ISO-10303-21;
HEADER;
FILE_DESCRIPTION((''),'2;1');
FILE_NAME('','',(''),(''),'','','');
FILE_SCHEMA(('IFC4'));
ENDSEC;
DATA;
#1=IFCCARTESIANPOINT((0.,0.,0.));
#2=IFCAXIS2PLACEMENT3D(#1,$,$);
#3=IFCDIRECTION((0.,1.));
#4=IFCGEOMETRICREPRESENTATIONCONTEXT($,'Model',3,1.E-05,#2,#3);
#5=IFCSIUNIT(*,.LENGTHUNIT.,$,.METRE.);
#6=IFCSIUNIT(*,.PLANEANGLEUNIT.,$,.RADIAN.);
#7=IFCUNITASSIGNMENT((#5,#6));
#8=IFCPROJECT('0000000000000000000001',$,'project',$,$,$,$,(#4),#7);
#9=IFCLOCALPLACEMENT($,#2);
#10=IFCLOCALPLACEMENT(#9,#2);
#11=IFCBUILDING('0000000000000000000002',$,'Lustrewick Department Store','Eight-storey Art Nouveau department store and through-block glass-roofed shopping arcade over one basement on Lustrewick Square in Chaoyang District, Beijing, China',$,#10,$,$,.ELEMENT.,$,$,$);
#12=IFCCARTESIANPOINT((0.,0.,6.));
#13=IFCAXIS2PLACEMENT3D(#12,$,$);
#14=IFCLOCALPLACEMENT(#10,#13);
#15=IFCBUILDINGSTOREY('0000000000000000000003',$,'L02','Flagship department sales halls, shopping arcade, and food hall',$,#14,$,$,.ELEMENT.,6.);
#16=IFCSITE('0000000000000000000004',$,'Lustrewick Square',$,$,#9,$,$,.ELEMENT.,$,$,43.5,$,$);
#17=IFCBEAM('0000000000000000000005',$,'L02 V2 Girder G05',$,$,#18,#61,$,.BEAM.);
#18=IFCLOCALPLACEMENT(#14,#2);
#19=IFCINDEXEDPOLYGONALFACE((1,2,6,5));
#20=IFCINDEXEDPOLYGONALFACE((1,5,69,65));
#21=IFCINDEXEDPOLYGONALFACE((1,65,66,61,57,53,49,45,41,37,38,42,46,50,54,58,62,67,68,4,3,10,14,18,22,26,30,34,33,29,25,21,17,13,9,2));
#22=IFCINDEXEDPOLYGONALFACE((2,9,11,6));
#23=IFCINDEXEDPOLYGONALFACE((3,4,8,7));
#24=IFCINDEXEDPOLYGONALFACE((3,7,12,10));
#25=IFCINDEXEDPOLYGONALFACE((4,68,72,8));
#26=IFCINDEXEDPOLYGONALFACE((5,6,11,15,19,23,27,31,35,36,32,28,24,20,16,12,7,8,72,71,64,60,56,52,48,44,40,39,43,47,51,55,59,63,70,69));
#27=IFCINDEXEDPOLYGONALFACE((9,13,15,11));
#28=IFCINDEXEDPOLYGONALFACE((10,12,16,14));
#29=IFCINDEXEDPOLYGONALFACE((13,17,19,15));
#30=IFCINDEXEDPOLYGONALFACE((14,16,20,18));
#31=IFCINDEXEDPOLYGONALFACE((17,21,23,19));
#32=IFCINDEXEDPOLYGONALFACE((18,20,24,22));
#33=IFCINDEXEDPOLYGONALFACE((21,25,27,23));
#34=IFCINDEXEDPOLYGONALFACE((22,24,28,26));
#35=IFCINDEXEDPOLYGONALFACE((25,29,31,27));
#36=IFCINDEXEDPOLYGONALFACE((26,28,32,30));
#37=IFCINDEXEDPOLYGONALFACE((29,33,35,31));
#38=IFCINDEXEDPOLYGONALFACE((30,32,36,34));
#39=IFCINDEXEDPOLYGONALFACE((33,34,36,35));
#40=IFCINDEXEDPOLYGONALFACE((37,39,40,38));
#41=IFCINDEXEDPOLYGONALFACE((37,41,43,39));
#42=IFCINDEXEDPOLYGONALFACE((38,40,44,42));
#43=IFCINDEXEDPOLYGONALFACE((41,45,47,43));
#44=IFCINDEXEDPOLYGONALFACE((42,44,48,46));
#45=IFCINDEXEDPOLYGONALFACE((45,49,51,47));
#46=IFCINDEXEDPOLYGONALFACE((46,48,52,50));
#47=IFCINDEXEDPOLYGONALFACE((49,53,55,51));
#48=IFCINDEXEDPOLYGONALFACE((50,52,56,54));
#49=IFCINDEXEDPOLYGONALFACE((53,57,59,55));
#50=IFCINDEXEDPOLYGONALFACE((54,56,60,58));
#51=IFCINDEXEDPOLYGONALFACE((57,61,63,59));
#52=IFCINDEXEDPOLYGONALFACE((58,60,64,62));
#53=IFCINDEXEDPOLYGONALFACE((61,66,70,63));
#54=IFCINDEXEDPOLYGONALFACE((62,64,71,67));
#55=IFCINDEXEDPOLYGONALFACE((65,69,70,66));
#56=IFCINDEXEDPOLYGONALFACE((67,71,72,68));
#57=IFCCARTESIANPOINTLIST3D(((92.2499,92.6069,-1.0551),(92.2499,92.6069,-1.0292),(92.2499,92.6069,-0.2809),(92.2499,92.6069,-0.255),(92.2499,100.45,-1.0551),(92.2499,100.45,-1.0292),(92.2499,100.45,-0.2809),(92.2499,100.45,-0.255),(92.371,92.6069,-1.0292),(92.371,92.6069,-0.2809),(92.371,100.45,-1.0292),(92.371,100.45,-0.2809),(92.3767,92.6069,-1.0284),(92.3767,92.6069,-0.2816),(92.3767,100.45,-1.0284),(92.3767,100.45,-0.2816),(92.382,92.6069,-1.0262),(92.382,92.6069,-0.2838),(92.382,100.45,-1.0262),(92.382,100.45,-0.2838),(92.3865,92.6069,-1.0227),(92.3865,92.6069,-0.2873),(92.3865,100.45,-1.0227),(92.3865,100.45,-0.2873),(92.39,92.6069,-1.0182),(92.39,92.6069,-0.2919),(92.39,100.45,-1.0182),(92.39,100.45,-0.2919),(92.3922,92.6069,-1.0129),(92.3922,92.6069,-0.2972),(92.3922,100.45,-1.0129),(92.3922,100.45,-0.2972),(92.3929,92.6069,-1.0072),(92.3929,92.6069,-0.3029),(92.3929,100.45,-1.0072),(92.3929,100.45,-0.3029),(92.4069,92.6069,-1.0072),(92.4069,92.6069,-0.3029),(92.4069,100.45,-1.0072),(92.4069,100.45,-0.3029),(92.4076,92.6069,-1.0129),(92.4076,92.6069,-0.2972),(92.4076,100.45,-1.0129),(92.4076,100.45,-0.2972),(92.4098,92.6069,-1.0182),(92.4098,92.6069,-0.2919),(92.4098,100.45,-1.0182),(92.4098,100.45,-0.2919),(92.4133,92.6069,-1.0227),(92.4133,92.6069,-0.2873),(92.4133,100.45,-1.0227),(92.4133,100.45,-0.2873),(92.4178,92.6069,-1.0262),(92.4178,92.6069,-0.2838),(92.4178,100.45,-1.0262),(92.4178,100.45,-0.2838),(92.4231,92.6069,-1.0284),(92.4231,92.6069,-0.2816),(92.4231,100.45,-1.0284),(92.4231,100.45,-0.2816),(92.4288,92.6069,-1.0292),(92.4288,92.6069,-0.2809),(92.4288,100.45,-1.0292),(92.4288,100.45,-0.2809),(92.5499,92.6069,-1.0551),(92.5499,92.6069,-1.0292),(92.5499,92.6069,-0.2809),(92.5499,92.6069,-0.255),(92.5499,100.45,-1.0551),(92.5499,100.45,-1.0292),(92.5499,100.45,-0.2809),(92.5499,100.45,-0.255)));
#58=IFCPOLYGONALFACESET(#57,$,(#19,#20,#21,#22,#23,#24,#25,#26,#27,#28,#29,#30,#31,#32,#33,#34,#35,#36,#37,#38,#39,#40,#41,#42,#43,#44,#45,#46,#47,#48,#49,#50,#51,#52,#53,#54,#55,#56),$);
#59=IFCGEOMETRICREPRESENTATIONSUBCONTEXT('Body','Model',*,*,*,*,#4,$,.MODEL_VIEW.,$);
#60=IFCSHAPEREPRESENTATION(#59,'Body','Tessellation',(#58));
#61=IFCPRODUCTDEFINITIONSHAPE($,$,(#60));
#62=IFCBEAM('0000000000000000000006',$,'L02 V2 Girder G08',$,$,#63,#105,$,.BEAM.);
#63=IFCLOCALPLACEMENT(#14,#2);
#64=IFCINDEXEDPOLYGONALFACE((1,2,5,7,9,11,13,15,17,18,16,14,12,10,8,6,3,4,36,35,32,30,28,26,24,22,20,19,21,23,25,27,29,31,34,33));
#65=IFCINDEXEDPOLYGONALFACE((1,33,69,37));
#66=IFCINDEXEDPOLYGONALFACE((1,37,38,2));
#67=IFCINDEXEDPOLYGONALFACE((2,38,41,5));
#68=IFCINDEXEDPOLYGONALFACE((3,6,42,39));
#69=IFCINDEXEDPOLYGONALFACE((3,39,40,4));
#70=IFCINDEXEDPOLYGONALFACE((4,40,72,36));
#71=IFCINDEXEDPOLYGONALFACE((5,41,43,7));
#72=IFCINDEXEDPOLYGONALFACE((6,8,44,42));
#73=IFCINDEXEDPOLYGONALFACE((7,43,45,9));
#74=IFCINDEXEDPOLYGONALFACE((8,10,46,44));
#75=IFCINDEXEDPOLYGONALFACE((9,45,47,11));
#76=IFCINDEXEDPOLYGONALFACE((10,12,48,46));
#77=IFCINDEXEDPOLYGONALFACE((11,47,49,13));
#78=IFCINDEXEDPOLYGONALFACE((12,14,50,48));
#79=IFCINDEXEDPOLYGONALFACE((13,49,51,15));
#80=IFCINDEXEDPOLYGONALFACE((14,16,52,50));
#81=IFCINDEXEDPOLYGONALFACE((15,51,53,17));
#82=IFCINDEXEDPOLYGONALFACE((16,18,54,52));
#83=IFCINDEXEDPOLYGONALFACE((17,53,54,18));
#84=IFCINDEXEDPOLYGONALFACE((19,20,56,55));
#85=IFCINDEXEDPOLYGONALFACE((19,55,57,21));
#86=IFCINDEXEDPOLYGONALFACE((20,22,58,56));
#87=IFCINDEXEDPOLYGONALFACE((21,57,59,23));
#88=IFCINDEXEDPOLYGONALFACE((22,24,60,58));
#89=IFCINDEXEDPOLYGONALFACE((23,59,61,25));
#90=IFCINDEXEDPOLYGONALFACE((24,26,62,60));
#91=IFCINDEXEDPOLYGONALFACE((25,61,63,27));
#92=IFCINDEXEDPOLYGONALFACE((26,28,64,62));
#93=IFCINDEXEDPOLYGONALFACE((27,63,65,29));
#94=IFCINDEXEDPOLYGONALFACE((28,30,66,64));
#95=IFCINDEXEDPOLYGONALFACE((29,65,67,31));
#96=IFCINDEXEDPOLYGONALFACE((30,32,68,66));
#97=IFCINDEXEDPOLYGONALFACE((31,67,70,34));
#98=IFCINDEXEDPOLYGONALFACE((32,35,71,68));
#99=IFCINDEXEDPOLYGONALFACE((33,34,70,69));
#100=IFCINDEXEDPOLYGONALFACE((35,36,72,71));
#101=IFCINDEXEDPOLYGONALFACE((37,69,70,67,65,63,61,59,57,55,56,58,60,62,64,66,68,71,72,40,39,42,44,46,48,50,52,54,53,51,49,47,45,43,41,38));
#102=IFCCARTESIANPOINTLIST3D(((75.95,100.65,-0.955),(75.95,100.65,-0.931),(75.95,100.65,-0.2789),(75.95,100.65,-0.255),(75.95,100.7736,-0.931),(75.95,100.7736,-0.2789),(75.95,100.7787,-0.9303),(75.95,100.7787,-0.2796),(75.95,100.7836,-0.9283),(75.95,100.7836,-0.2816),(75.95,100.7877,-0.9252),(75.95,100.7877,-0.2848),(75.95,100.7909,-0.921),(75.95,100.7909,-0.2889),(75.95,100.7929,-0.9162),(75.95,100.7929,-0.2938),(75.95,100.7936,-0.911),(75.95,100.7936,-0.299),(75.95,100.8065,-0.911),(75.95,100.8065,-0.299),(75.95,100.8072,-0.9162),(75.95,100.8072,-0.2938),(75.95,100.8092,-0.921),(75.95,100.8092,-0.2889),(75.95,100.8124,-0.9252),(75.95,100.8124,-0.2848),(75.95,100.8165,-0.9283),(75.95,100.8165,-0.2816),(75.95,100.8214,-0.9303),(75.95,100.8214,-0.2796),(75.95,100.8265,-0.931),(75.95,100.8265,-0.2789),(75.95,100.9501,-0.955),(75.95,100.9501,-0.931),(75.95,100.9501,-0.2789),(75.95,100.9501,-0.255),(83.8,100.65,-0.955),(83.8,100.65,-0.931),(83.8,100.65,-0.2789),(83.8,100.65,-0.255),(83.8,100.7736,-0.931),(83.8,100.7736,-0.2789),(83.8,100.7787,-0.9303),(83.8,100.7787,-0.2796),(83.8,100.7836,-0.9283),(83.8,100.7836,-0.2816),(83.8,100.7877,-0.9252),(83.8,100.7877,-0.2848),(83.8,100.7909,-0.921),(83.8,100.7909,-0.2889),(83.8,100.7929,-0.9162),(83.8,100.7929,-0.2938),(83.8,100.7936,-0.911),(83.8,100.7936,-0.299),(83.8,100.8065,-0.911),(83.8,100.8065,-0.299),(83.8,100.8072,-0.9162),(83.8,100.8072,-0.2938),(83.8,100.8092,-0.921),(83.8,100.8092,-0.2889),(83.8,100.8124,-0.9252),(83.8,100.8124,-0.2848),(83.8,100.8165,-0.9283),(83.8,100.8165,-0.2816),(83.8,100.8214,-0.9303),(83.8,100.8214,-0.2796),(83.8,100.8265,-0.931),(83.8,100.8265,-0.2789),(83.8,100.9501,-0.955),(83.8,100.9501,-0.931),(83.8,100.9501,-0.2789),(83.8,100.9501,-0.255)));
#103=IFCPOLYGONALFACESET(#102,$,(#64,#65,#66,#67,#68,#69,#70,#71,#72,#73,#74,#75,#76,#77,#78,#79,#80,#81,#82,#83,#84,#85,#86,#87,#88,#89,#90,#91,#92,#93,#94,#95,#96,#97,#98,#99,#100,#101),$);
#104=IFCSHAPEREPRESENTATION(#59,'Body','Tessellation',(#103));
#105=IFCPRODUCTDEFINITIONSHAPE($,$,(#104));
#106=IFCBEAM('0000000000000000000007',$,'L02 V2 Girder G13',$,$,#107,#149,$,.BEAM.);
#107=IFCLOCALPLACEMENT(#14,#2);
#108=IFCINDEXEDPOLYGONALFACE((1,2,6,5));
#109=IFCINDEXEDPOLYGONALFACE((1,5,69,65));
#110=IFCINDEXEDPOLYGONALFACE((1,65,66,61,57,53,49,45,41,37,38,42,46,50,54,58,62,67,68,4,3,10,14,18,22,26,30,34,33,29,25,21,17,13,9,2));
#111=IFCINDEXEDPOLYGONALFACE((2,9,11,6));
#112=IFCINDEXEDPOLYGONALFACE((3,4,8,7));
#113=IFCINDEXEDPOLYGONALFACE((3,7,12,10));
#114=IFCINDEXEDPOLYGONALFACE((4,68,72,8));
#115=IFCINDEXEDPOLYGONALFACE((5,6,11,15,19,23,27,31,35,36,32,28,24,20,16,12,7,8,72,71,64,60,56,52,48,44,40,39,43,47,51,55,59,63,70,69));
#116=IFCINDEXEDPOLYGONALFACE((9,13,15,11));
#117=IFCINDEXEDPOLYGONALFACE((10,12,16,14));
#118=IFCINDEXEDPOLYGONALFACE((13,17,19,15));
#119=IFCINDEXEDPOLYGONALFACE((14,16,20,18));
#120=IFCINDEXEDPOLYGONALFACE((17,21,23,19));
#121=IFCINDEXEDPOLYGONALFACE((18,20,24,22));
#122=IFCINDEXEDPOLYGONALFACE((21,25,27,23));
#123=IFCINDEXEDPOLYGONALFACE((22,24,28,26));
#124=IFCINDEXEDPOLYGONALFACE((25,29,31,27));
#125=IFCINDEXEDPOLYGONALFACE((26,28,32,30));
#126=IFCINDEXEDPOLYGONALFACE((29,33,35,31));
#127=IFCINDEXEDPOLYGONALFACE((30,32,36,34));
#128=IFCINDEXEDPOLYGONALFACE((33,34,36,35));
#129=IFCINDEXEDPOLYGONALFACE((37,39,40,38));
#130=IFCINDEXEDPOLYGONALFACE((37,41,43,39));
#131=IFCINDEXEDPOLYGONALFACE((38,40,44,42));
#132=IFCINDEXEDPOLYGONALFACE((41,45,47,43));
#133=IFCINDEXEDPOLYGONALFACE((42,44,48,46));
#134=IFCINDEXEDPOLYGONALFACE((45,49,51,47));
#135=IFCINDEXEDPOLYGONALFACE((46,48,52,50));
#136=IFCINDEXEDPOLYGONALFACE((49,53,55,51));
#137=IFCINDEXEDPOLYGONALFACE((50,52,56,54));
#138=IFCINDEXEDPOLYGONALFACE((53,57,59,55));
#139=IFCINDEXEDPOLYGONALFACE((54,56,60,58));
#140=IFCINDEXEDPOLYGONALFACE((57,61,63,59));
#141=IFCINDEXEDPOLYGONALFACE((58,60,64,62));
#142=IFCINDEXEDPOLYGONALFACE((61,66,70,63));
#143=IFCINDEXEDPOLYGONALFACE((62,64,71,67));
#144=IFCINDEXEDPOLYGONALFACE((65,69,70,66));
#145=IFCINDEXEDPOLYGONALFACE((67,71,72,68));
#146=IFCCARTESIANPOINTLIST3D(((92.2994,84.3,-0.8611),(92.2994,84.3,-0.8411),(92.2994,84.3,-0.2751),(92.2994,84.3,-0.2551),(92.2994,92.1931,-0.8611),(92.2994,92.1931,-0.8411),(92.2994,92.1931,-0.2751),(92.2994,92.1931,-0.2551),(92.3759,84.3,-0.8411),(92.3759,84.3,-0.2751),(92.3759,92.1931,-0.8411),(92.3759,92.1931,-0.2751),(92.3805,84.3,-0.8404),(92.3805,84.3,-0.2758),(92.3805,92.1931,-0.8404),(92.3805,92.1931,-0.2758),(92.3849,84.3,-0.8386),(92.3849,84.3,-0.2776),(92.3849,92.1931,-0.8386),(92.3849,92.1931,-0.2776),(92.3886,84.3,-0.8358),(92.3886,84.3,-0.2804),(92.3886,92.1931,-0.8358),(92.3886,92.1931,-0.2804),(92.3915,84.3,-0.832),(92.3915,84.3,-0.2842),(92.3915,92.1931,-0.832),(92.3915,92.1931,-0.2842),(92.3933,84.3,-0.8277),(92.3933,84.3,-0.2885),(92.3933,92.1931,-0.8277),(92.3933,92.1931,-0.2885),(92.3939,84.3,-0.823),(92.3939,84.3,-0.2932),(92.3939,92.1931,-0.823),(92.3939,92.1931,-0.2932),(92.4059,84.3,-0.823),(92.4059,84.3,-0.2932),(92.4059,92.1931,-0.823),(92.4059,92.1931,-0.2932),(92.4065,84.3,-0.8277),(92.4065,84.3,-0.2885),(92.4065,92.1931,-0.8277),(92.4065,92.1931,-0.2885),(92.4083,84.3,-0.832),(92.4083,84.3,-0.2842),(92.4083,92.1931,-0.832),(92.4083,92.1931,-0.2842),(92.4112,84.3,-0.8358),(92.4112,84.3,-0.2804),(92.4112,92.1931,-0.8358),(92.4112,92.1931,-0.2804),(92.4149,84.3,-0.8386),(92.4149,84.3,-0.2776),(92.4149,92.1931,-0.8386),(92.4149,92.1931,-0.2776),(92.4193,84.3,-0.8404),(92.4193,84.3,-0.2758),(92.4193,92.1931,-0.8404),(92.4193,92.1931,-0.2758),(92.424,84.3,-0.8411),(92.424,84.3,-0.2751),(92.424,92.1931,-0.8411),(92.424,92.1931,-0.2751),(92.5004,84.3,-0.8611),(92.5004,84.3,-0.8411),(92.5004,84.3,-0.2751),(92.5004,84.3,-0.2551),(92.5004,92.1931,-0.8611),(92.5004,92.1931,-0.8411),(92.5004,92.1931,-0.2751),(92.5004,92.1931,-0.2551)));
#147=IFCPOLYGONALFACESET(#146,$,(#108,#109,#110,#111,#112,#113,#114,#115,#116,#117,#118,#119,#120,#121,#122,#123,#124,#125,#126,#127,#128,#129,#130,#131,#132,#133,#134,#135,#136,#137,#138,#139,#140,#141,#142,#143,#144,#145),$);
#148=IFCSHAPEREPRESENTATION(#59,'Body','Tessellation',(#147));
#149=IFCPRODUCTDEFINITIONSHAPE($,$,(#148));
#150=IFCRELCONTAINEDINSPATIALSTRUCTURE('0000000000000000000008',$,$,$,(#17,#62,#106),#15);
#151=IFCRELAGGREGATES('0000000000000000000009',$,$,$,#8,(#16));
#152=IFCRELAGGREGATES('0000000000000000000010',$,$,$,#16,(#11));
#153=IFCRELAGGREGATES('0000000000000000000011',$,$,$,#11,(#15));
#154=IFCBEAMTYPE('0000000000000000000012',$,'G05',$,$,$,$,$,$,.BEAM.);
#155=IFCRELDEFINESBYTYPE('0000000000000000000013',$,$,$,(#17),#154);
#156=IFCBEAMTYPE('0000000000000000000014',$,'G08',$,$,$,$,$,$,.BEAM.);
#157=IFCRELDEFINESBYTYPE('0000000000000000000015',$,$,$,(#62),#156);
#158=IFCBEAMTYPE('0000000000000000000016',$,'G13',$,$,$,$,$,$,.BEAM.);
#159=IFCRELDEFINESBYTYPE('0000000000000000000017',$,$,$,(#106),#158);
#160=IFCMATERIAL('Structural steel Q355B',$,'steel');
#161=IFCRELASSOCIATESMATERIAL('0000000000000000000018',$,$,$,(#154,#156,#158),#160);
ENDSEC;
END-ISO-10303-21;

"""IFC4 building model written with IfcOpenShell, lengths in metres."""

from ifc_helpers import new_model, si_unit, direction, frame, origin, origin_2d, place, context, subcontext, project, spatial, i_section, extrude, material, material_profile, profile_set, type_object, element, save


model = new_model("IFC4")

# Units and contexts
model_context = context("Model", 3, precision=1e-05, world=origin(), true_north=direction((0.0, 1.0)))
body_context = subcontext(model_context, "Body", "Model", "MODEL_VIEW")
ifc_project = project(units=[si_unit("LENGTHUNIT", "METRE"), si_unit("PLANEANGLEUNIT", "RADIAN")], contexts=[model_context])

# Site, building, storey
site_placement = place(None, origin())
site = spatial("IfcSite", under=ifc_project, at=site_placement, Name="Lustrewick Square", CompositionType="ELEMENT", RefElevation=43.5)
building_placement = place(site_placement, origin())
building = spatial("IfcBuilding", under=site, at=building_placement, Name="Lustrewick Department Store", Description="Eight-storey Art Nouveau department store and through-block glass-roofed shopping arcade over one basement on Lustrewick Square in Chaoyang District, Beijing, China", CompositionType="ELEMENT")
storey_placement = place(building_placement, frame((0.0, 0.0, 6.0)))
storey = spatial("IfcBuildingStorey", under=building, at=storey_placement, Name="L02", Description="Flagship department sales halls, shopping arcade, and food hall", CompositionType="ELEMENT", Elevation=6.0)

# Shared definitions
ifc_material_1 = material(Name="Structural steel Q355B", Category="steel")

# Beams
ifc_material_profile_1 = material_profile(ifc_material_1, i_section(OverallWidth=0.3, OverallDepth=0.8, WebThickness=0.0139, FlangeThickness=0.0259, FilletRadius=0.022, at=origin_2d()), Name="HN 800x300x14x26")
ifc_profile_set_1 = profile_set([ifc_material_profile_1], Name="Structural steel Q355B")
beam_type_1 = type_object("IfcBeamType", Name="G05", PredefinedType="BEAM", material=ifc_profile_set_1)
beam_1_placement = place(storey_placement, frame((92.3999, 92.6069, -0.655), z_axis=(0.0, 1.0, 0.0), x_axis=(-1.0, 0.0, 0.0)))
element("IfcBeam", 1, at=beam_1_placement, inside=storey, type_object=beam_type_1, Name="L02 V2 Girder G05", PredefinedType="BEAM", context=body_context, shape_type="SweptSolid", body=[
    extrude(i_section(OverallWidth=0.3, OverallDepth=0.8, WebThickness=0.0139, FlangeThickness=0.0259, FilletRadius=0.022, at=origin_2d()), origin(), (0.0, 0.0, 1.0), 7.843),
])
ifc_material_profile_2 = material_profile(ifc_material_1, i_section(OverallWidth=0.3, OverallDepth=0.7, WebThickness=0.0129, FlangeThickness=0.0239, FilletRadius=0.02, at=origin_2d()), Name="HN 700x300x13x24")
ifc_profile_set_2 = profile_set([ifc_material_profile_2], Name="Structural steel Q355B")
beam_type_2 = type_object("IfcBeamType", Name="G08", PredefinedType="BEAM", material=ifc_profile_set_2)
beam_2_placement = place(storey_placement, frame((75.95, 100.8, -0.605), z_axis=(1.0, 0.0, 0.0), x_axis=(0.0, 1.0, 0.0)))
element("IfcBeam", 2, at=beam_2_placement, inside=storey, type_object=beam_type_2, Name="L02 V2 Girder G08", PredefinedType="BEAM", context=body_context, shape_type="SweptSolid", body=[
    extrude(i_section(OverallWidth=0.3, OverallDepth=0.7, WebThickness=0.0129, FlangeThickness=0.0239, FilletRadius=0.02, at=origin_2d()), origin(), (0.0, 0.0, 1.0), 7.8501),
])
ifc_material_profile_3 = material_profile(ifc_material_1, i_section(OverallWidth=0.2009, OverallDepth=0.606, WebThickness=0.012, FlangeThickness=0.02, FilletRadius=0.0181, at=origin_2d()), Name="HN 606x201x12x20")
ifc_profile_set_3 = profile_set([ifc_material_profile_3], Name="Structural steel Q355B")
beam_type_3 = type_object("IfcBeamType", Name="G13", PredefinedType="BEAM", material=ifc_profile_set_3)
beam_3_placement = place(storey_placement, frame((92.3999, 84.3, -0.5581), z_axis=(0.0, 1.0, 0.0), x_axis=(-1.0, 0.0, 0.0)))
element("IfcBeam", 3, at=beam_3_placement, inside=storey, type_object=beam_type_3, Name="L02 V2 Girder G13", PredefinedType="BEAM", context=body_context, shape_type="SweptSolid", body=[
    extrude(i_section(OverallWidth=0.2009, OverallDepth=0.606, WebThickness=0.012, FlangeThickness=0.02, FilletRadius=0.0181, at=origin_2d()), origin(), (0.0, 0.0, 1.0), 7.8931),
])

save(model, "model.ifc")
